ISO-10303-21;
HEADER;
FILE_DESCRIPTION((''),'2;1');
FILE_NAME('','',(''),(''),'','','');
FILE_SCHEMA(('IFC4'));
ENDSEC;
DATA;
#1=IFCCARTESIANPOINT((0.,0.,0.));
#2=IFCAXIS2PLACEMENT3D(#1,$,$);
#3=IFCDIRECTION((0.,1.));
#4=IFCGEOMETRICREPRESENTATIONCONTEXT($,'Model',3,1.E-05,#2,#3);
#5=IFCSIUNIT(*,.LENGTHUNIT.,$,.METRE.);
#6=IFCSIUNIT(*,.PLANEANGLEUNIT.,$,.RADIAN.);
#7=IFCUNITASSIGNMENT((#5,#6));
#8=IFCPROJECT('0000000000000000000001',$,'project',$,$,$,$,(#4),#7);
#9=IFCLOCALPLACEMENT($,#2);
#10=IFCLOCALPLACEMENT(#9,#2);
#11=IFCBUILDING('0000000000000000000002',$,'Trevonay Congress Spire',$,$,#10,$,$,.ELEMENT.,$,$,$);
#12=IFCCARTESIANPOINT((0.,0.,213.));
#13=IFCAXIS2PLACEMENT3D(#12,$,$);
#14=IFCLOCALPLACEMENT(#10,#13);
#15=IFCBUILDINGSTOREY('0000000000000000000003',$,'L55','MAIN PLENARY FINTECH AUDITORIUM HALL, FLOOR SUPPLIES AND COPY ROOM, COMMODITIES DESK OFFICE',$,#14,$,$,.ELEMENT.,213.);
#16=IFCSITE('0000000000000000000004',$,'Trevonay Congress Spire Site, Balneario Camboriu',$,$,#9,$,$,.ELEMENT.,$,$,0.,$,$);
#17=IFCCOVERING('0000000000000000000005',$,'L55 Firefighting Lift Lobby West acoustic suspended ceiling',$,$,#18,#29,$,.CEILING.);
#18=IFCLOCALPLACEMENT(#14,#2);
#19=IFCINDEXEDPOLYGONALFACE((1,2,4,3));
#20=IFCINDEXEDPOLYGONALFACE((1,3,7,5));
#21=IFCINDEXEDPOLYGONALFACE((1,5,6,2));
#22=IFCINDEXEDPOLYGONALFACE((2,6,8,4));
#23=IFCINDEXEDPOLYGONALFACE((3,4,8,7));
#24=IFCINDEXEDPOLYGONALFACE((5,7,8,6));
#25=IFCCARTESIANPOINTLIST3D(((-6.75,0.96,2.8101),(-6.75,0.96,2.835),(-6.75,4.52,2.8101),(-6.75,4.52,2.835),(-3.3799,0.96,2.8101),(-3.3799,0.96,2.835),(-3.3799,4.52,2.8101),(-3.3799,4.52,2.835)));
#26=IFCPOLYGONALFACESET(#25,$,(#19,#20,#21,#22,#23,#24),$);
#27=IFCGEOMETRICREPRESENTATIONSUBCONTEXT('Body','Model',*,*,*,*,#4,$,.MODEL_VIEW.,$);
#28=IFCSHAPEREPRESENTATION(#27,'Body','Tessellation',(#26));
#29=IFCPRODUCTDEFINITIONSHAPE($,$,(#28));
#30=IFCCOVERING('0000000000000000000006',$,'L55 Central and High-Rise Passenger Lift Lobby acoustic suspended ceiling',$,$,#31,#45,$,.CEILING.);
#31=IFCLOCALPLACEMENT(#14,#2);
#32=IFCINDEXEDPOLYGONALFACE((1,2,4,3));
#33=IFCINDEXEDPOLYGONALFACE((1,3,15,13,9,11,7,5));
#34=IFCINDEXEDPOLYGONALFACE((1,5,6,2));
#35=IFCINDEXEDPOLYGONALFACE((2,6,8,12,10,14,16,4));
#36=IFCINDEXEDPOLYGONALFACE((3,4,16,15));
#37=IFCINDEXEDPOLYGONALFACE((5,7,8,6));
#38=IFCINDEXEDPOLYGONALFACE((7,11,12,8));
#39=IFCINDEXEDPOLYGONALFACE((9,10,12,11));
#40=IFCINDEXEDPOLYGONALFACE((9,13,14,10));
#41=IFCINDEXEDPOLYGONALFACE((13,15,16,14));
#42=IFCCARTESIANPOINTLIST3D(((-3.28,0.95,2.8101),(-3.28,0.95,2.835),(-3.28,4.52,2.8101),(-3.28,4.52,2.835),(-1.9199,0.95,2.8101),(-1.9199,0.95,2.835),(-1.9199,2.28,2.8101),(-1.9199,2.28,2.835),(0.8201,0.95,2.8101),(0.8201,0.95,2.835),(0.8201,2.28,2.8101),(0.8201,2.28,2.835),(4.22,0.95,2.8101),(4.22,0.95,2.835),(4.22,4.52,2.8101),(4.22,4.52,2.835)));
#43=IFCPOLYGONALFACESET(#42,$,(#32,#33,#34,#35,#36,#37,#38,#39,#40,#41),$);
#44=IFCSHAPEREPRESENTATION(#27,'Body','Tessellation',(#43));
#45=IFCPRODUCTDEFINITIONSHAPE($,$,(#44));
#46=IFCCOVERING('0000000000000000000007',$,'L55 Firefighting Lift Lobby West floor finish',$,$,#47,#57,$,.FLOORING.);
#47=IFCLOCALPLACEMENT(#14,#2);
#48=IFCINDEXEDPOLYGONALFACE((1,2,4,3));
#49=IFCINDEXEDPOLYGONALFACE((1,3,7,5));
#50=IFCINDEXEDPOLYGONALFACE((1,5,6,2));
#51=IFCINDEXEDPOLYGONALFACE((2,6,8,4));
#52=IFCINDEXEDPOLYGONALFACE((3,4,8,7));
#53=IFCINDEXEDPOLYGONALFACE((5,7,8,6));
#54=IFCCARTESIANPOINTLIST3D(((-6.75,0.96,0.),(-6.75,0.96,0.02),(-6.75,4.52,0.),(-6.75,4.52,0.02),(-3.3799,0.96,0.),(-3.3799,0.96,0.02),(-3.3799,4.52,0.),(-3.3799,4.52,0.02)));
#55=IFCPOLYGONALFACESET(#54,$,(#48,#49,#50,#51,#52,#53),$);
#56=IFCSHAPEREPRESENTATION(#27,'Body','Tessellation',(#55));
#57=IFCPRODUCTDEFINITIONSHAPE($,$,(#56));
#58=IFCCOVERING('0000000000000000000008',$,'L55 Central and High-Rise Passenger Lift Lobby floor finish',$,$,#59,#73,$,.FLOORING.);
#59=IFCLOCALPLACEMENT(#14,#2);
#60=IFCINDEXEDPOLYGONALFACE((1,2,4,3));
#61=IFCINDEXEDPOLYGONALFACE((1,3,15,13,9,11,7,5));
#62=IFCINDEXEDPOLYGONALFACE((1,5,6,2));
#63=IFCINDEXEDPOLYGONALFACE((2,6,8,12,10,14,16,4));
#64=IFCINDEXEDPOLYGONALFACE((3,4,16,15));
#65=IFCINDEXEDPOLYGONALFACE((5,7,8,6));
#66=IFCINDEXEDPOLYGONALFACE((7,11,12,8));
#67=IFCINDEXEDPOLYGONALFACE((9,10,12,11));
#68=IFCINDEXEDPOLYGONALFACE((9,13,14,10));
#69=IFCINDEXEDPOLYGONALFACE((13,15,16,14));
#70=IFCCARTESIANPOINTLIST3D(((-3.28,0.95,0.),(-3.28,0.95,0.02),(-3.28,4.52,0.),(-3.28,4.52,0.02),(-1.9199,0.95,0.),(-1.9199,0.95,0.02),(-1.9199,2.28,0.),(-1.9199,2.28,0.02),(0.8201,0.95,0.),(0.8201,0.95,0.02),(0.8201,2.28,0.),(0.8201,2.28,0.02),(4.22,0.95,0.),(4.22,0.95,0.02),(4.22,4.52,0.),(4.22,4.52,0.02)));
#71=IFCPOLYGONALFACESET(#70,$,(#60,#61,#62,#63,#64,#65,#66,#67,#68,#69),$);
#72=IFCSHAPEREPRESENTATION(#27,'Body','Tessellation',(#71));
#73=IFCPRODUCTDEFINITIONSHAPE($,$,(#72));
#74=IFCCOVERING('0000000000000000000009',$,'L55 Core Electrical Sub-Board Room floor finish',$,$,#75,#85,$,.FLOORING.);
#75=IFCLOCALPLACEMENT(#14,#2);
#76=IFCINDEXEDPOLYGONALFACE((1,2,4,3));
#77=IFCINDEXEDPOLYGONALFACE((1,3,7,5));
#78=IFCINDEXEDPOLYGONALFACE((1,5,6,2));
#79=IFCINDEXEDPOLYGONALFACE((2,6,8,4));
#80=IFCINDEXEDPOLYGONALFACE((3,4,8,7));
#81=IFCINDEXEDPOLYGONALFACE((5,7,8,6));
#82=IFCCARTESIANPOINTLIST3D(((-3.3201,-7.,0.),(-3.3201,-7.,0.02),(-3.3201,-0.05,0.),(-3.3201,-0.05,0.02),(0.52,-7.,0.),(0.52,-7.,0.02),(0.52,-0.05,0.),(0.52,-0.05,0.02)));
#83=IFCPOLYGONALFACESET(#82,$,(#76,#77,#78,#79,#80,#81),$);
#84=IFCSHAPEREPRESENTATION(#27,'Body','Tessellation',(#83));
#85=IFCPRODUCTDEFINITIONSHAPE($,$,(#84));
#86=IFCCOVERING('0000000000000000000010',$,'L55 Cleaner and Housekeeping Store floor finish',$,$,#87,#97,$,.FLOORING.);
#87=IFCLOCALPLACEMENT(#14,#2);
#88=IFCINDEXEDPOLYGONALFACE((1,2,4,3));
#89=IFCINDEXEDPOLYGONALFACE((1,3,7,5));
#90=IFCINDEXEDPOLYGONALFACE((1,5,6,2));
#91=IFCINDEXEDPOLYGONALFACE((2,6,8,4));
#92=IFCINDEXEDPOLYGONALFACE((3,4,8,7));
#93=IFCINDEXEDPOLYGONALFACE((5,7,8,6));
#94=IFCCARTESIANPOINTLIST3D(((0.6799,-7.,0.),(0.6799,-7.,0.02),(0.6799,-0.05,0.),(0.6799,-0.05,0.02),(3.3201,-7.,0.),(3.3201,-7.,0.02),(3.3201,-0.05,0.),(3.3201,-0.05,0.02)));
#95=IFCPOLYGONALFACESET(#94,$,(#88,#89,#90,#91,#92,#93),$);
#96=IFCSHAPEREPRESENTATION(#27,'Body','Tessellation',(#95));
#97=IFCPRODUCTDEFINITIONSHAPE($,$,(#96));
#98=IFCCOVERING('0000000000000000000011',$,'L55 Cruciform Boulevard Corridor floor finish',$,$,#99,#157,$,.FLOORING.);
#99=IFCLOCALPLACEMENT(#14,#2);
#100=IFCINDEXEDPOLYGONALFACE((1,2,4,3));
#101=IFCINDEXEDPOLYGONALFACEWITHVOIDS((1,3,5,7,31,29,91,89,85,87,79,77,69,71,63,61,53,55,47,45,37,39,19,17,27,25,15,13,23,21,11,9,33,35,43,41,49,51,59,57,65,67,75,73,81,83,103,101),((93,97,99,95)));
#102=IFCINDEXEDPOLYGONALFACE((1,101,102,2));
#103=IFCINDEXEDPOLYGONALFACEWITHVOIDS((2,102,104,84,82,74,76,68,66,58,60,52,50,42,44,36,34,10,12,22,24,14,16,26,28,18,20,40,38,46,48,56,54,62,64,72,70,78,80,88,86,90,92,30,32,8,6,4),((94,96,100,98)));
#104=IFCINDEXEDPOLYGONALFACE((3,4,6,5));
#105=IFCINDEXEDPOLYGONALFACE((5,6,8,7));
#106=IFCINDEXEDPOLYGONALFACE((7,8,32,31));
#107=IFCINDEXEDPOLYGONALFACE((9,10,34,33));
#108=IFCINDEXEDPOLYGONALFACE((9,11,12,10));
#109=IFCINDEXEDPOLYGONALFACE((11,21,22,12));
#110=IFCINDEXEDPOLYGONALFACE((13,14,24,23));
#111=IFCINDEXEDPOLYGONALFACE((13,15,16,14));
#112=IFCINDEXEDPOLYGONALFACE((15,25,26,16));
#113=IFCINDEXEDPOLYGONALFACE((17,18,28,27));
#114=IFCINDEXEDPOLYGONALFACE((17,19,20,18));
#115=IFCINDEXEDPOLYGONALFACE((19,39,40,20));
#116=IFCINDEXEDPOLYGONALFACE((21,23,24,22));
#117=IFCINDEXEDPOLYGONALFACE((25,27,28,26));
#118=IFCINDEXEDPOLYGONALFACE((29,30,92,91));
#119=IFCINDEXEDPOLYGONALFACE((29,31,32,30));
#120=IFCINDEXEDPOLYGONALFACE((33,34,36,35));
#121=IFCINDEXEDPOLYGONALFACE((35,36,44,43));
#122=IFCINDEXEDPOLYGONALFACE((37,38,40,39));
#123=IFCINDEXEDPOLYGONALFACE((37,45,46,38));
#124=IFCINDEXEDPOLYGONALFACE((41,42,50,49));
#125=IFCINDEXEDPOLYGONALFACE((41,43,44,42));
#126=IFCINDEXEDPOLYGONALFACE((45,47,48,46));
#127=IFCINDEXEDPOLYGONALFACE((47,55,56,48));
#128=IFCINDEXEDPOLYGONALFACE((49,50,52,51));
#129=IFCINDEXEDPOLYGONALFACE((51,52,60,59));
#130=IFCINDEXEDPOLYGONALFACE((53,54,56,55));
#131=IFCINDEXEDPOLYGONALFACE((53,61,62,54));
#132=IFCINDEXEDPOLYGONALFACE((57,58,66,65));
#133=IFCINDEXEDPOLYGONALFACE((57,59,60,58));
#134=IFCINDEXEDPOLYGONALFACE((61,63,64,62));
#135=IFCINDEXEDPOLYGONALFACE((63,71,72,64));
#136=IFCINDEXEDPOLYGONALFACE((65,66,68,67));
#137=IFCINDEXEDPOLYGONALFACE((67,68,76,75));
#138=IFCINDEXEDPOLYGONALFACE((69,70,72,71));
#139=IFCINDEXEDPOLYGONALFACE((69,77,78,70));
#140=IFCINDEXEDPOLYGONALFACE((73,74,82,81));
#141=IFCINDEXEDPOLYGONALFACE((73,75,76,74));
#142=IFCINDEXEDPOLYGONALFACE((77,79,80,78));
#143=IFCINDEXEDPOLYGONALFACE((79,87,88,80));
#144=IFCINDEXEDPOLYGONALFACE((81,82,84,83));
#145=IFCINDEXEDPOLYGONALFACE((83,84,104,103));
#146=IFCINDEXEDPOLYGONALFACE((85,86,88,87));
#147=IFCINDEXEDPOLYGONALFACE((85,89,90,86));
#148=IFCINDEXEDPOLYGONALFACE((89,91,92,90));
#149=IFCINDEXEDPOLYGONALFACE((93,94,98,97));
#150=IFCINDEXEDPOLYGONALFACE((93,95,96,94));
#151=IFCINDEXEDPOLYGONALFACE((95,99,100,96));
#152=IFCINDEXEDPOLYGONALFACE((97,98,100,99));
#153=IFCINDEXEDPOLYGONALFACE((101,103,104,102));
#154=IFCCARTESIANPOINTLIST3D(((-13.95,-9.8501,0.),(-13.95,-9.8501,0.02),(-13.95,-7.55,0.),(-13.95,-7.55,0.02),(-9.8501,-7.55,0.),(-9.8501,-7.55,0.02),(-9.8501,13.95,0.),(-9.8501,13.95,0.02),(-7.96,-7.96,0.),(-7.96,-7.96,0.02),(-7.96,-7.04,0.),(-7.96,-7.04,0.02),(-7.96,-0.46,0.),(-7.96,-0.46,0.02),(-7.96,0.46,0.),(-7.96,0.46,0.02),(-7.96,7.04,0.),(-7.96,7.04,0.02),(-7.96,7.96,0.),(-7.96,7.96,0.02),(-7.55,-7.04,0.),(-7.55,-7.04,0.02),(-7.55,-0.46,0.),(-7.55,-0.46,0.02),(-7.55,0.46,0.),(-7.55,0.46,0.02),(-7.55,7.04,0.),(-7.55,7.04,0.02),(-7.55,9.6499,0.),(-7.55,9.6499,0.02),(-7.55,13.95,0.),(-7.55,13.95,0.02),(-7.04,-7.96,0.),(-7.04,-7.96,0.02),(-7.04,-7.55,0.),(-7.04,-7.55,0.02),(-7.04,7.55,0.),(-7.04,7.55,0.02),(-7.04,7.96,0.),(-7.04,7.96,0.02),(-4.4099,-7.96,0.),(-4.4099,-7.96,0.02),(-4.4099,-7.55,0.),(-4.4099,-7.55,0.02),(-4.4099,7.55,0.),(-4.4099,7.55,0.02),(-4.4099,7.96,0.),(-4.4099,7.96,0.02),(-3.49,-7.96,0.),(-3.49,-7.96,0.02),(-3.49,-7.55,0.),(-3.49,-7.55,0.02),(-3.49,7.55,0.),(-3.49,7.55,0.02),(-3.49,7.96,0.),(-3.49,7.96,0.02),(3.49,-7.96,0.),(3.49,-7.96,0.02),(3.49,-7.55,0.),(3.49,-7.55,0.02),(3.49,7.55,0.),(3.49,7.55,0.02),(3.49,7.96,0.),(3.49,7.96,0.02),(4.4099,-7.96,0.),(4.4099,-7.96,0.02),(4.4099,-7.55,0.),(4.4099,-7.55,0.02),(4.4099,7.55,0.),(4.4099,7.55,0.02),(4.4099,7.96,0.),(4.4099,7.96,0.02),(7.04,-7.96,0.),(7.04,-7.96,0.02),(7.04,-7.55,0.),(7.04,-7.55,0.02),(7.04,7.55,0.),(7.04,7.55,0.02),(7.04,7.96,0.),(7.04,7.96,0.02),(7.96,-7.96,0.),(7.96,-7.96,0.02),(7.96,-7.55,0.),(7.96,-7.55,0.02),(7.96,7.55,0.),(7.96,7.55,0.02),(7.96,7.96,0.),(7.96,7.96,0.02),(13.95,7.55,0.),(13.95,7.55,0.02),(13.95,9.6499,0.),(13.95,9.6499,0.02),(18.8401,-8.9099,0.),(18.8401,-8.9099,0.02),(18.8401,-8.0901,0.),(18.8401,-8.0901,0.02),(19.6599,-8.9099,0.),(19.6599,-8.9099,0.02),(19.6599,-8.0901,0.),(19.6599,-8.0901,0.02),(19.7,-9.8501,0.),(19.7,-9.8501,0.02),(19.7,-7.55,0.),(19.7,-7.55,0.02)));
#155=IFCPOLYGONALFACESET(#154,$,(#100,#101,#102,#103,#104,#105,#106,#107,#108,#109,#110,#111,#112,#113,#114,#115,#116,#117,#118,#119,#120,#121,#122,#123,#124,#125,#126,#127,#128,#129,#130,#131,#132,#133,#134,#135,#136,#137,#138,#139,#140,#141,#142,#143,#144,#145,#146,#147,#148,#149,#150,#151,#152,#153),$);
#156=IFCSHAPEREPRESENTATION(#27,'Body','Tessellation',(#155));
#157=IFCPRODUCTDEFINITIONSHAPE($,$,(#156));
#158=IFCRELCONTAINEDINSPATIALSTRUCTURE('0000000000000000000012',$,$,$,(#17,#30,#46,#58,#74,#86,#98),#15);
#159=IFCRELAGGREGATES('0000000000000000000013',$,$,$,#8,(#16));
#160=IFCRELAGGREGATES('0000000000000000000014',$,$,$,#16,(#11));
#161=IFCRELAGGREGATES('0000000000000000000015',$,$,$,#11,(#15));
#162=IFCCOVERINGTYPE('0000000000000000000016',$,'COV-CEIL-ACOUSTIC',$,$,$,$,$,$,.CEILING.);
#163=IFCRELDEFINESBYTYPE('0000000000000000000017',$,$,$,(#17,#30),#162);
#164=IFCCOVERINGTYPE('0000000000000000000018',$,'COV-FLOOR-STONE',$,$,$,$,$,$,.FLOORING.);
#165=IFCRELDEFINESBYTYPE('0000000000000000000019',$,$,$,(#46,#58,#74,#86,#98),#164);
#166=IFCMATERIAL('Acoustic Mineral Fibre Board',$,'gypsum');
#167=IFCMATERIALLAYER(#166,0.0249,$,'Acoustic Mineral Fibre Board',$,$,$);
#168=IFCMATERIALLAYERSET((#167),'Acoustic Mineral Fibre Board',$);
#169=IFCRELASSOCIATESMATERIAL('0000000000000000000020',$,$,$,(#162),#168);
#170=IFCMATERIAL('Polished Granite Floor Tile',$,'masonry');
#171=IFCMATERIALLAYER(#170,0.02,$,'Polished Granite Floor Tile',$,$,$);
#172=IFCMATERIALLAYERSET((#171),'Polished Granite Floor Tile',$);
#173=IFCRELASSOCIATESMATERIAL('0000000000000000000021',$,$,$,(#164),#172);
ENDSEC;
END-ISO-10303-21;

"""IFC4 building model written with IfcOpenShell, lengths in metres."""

from ifc_helpers import new_model, si_unit, direction, frame, origin, place, context, subcontext, project, spatial, polyline, outline, extrude, material, layer, layer_set, type_object, element, save


model = new_model("IFC4")

# Units and contexts
model_context = context("Model", 3, precision=1e-05, world=origin(), true_north=direction((0.0, 1.0)))
body_context = subcontext(model_context, "Body", "Model", "MODEL_VIEW")
ifc_project = project(units=[si_unit("LENGTHUNIT", "METRE"), si_unit("PLANEANGLEUNIT", "RADIAN")], contexts=[model_context])

# Site, building, storey
site_placement = place(None, origin())
site = spatial("IfcSite", under=ifc_project, at=site_placement, Name="Trevonay Congress Spire Site, Balneario Camboriu", CompositionType="ELEMENT", RefElevation=0.0)
building_placement = place(site_placement, origin())
building = spatial("IfcBuilding", under=site, at=building_placement, Name="Trevonay Congress Spire", CompositionType="ELEMENT")
storey_placement = place(building_placement, frame((0.0, 0.0, 213.0)))
storey = spatial("IfcBuildingStorey", under=building, at=storey_placement, Name="L55", Description="MAIN PLENARY FINTECH AUDITORIUM HALL, FLOOR SUPPLIES AND COPY ROOM, COMMODITIES DESK OFFICE", CompositionType="ELEMENT", Elevation=213.0)

# Coverings
ifc_material_1 = material(Name="Acoustic Mineral Fibre Board", Category="gypsum")
ifc_layer_1 = layer(ifc_material_1, 0.0249, Name="Acoustic Mineral Fibre Board")
ifc_layer_set_1 = layer_set([ifc_layer_1], Name="Acoustic Mineral Fibre Board")
covering_type_1 = type_object("IfcCoveringType", Name="COV-CEIL-ACOUSTIC", PredefinedType="CEILING", material=ifc_layer_set_1)
covering_1_placement = place(storey_placement, frame((0.0, 0.0, 2.8101)))
element("IfcCovering", 1, at=covering_1_placement, inside=storey, type_object=covering_type_1, Name="L55 Firefighting Lift Lobby West acoustic suspended ceiling", PredefinedType="CEILING", context=body_context, shape_type="SweptSolid", body=[
    extrude(outline(polyline([(-6.75, 0.96), (-3.3799, 0.96), (-3.3799, 4.52), (-6.75, 4.52), (-6.75, 0.96)])), origin(), (0.0, 0.0, 1.0), 0.0249),
])
covering_2_placement = place(storey_placement, frame((0.0, 0.0, 2.8101)))
element("IfcCovering", 2, at=covering_2_placement, inside=storey, type_object=covering_type_1, Name="L55 Central and High-Rise Passenger Lift Lobby acoustic suspended ceiling", PredefinedType="CEILING", context=body_context, shape_type="SweptSolid", body=[
    extrude(outline(polyline([(-3.28, 0.95), (-1.9199, 0.95), (-1.9199, 2.28), (0.8201, 2.28), (0.8201, 0.95), (4.22, 0.95), (4.22, 4.52), (-3.28, 4.52), (-3.28, 0.95)])), origin(), (0.0, 0.0, 1.0), 0.0249),
])
ifc_material_2 = material(Name="Polished Granite Floor Tile", Category="masonry")
ifc_layer_2 = layer(ifc_material_2, 0.02, Name="Polished Granite Floor Tile")
ifc_layer_set_2 = layer_set([ifc_layer_2], Name="Polished Granite Floor Tile")
covering_type_2 = type_object("IfcCoveringType", Name="COV-FLOOR-STONE", PredefinedType="FLOORING", material=ifc_layer_set_2)
covering_3_placement = place(storey_placement, origin())
element("IfcCovering", 3, at=covering_3_placement, inside=storey, type_object=covering_type_2, Name="L55 Firefighting Lift Lobby West floor finish", PredefinedType="FLOORING", context=body_context, shape_type="SweptSolid", body=[
    extrude(outline(polyline([(-6.75, 0.96), (-3.3799, 0.96), (-3.3799, 4.52), (-6.75, 4.52), (-6.75, 0.96)])), origin(), (0.0, 0.0, 1.0), 0.02),
])
covering_4_placement = place(storey_placement, origin())
element("IfcCovering", 4, at=covering_4_placement, inside=storey, type_object=covering_type_2, Name="L55 Central and High-Rise Passenger Lift Lobby floor finish", PredefinedType="FLOORING", context=body_context, shape_type="SweptSolid", body=[
    extrude(outline(polyline([(-3.28, 0.95), (-1.9199, 0.95), (-1.9199, 2.28), (0.8201, 2.28), (0.8201, 0.95), (4.22, 0.95), (4.22, 4.52), (-3.28, 4.52), (-3.28, 0.95)])), origin(), (0.0, 0.0, 1.0), 0.02),
])
covering_5_placement = place(storey_placement, origin())
element("IfcCovering", 5, at=covering_5_placement, inside=storey, type_object=covering_type_2, Name="L55 Core Electrical Sub-Board Room floor finish", PredefinedType="FLOORING", context=body_context, shape_type="SweptSolid", body=[
    extrude(outline(polyline([(-3.3201, -7.0), (0.52, -7.0), (0.52, -0.05), (-3.3201, -0.05), (-3.3201, -7.0)])), origin(), (0.0, 0.0, 1.0), 0.02),
])
covering_6_placement = place(storey_placement, origin())
element("IfcCovering", 6, at=covering_6_placement, inside=storey, type_object=covering_type_2, Name="L55 Cleaner and Housekeeping Store floor finish", PredefinedType="FLOORING", context=body_context, shape_type="SweptSolid", body=[
    extrude(outline(polyline([(0.6799, -7.0), (3.3201, -7.0), (3.3201, -0.05), (0.6799, -0.05), (0.6799, -7.0)])), origin(), (0.0, 0.0, 1.0), 0.02),
])
covering_7_placement = place(storey_placement, origin())
element("IfcCovering", 7, at=covering_7_placement, inside=storey, type_object=covering_type_2, Name="L55 Cruciform Boulevard Corridor floor finish", PredefinedType="FLOORING", context=body_context, shape_type="SweptSolid", body=[
    extrude(outline(polyline([(19.7, -7.55), (19.7, -9.8501), (-13.95, -9.8501), (-13.95, -7.55), (-9.8501, -7.55), (-9.8501, 13.95), (-7.55, 13.95), (-7.55, 9.6499), (13.95, 9.6499), (13.95, 7.55), (7.96, 7.55), (7.96, 7.96), (7.04, 7.96), (7.04, 7.55), (4.4099, 7.55), (4.4099, 7.96), (3.49, 7.96), (3.49, 7.55), (-3.49, 7.55), (-3.49, 7.96), (-4.4099, 7.96), (-4.4099, 7.55), (-7.04, 7.55), (-7.04, 7.96), (-7.96, 7.96), (-7.96, 7.04), (-7.55, 7.04), (-7.55, 0.46), (-7.96, 0.46), (-7.96, -0.46), (-7.55, -0.46), (-7.55, -7.04), (-7.96, -7.04), (-7.96, -7.96), (-7.04, -7.96), (-7.04, -7.55), (-4.4099, -7.55), (-4.4099, -7.96), (-3.49, -7.96), (-3.49, -7.55), (3.49, -7.55), (3.49, -7.96), (4.4099, -7.96), (4.4099, -7.55), (7.04, -7.55), (7.04, -7.96), (7.96, -7.96), (7.96, -7.55), (19.7, -7.55)]), holes=[polyline([(19.6599, -8.0901), (18.8401, -8.0901), (18.8401, -8.9099), (19.6599, -8.9099), (19.6599, -8.0901)])]), origin(), (0.0, 0.0, 1.0), 0.02),
])

save(model, "model.ifc")
